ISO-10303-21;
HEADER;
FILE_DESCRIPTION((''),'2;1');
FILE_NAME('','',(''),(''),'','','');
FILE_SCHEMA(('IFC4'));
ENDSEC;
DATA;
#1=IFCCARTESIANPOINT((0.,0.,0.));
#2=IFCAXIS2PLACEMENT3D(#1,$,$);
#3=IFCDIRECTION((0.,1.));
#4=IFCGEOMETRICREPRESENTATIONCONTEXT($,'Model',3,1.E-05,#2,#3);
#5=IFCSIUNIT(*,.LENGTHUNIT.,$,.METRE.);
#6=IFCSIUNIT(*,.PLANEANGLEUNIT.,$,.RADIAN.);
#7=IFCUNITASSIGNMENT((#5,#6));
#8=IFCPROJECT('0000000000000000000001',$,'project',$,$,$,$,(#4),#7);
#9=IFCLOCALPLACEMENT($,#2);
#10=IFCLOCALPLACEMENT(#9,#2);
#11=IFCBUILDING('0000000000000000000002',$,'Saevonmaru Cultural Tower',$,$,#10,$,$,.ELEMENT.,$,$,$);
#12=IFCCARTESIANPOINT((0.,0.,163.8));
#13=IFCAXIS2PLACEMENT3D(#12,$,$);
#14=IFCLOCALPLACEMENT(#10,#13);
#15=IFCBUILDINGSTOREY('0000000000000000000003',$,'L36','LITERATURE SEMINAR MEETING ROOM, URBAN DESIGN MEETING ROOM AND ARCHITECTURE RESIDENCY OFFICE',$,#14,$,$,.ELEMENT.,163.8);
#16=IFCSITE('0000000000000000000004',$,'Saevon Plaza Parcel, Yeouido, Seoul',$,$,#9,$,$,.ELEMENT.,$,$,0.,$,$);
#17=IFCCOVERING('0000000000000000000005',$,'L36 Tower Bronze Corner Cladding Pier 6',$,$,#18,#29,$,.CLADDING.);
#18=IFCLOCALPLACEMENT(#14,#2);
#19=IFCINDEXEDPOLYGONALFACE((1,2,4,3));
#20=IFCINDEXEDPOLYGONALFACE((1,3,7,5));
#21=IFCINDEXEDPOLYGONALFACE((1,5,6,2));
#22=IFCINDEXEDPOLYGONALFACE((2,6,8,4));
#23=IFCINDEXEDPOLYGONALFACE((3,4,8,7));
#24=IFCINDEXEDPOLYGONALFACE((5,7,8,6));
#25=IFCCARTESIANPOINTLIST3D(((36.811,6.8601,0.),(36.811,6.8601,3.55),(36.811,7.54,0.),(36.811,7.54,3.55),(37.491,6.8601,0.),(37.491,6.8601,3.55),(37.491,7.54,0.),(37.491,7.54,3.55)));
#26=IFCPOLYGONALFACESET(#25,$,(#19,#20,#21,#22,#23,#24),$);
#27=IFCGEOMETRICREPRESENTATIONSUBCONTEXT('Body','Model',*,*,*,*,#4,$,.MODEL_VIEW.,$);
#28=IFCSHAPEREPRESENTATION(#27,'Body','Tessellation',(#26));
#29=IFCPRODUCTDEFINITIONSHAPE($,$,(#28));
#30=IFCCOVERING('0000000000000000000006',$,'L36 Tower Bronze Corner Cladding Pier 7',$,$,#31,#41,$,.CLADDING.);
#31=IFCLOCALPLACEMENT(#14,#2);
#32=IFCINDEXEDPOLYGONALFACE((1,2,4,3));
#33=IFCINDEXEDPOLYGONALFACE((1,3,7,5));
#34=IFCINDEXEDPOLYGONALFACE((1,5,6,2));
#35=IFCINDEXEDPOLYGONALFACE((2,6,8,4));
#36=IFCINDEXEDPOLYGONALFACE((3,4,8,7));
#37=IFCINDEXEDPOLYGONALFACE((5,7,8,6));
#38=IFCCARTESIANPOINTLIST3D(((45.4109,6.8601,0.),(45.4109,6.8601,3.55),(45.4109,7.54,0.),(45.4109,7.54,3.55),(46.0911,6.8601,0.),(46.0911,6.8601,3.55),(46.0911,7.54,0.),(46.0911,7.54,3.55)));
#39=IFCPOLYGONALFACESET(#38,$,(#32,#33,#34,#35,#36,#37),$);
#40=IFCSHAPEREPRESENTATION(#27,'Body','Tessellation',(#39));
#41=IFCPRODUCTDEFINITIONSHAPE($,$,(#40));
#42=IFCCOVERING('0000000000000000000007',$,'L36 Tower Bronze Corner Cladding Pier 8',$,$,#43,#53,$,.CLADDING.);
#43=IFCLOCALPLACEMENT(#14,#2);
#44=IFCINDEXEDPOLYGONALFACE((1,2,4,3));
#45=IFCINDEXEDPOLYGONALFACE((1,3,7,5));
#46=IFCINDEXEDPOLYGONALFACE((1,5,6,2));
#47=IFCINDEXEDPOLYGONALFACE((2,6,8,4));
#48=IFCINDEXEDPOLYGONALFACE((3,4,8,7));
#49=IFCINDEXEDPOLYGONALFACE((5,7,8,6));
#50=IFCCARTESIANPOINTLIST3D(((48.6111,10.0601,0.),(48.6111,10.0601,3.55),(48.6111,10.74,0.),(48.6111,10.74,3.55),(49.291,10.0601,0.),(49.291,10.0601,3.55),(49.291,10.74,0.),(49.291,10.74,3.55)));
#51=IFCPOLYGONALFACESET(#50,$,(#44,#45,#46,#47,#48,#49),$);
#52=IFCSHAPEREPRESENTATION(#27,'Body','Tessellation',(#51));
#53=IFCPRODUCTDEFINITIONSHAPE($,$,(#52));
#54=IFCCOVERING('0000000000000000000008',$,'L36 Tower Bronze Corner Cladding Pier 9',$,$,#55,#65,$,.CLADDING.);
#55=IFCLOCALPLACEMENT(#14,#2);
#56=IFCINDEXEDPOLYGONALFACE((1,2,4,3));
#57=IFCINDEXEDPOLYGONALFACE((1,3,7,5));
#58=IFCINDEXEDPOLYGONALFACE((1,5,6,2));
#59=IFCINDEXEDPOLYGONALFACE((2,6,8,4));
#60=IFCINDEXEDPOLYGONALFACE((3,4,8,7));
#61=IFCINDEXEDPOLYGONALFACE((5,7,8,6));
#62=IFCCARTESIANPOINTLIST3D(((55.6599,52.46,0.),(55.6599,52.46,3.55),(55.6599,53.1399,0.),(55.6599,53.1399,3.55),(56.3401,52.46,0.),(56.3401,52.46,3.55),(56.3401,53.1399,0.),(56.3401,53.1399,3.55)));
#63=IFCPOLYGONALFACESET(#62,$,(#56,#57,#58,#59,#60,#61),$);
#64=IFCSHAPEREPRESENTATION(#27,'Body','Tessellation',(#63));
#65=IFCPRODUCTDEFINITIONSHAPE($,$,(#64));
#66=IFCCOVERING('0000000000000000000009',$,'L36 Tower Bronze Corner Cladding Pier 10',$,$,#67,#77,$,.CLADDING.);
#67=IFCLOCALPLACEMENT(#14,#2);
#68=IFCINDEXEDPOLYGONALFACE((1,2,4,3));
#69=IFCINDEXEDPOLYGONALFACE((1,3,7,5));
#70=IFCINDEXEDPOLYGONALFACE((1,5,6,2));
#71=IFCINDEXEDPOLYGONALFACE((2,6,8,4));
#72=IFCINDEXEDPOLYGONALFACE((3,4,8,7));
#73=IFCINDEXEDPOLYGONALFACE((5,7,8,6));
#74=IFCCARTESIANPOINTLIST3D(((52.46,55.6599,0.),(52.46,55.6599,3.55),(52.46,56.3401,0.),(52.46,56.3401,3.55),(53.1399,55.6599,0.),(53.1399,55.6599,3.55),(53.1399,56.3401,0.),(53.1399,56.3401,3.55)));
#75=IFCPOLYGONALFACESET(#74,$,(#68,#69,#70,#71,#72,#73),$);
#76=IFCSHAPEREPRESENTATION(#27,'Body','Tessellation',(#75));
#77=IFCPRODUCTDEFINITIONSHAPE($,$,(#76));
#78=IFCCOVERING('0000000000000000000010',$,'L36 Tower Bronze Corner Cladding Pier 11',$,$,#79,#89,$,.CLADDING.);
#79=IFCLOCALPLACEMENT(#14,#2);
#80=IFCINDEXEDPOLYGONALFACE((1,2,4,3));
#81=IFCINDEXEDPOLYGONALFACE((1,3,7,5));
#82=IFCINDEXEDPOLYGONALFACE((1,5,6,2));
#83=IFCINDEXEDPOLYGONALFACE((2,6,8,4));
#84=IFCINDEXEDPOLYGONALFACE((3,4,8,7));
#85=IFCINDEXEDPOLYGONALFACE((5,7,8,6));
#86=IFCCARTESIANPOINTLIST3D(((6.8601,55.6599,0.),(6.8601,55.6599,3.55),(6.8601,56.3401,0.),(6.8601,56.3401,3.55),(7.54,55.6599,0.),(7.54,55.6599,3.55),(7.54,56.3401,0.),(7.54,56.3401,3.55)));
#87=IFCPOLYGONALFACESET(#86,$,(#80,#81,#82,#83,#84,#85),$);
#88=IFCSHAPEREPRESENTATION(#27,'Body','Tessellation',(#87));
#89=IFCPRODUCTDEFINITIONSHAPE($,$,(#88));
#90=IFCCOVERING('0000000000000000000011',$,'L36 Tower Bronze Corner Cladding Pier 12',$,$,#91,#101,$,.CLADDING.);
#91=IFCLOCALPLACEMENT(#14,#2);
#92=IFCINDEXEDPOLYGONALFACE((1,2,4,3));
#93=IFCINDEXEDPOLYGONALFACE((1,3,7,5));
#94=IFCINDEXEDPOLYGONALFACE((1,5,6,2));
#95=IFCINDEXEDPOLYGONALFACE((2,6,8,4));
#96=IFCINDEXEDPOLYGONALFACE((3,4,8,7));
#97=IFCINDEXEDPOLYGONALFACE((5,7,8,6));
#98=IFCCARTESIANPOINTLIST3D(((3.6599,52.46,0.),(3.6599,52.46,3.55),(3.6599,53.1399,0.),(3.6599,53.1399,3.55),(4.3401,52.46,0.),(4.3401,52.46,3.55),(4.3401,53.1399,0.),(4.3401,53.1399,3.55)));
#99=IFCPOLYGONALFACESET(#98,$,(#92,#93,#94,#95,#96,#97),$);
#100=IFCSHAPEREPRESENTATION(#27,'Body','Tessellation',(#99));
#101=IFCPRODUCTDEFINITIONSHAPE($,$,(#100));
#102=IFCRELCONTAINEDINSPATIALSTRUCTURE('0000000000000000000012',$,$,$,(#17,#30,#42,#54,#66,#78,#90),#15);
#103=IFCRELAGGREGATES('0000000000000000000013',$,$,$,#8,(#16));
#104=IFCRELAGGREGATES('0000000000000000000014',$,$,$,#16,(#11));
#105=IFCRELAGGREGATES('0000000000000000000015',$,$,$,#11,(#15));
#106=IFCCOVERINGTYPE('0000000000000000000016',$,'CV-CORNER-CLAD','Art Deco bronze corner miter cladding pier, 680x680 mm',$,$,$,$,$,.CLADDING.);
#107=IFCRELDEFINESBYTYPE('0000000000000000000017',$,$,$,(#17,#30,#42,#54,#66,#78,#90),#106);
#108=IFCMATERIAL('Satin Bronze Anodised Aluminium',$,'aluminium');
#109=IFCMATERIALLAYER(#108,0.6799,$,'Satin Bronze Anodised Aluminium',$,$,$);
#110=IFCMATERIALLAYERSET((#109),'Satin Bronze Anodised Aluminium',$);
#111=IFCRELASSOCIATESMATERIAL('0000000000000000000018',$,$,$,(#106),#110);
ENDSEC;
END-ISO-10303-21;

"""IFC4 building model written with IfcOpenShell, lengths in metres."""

from ifc_helpers import new_model, si_unit, direction, frame, origin, place, context, subcontext, project, spatial, polyline, outline, extrude, material, layer, layer_set, type_object, element, save


model = new_model("IFC4")

# Units and contexts
model_context = context("Model", 3, precision=1e-05, world=origin(), true_north=direction((0.0, 1.0)))
body_context = subcontext(model_context, "Body", "Model", "MODEL_VIEW")
ifc_project = project(units=[si_unit("LENGTHUNIT", "METRE"), si_unit("PLANEANGLEUNIT", "RADIAN")], contexts=[model_context])

# Site, building, storey
site_placement = place(None, origin())
site = spatial("IfcSite", under=ifc_project, at=site_placement, Name="Saevon Plaza Parcel, Yeouido, Seoul", CompositionType="ELEMENT", RefElevation=0.0)
building_placement = place(site_placement, origin())
building = spatial("IfcBuilding", under=site, at=building_placement, Name="Saevonmaru Cultural Tower", CompositionType="ELEMENT")
storey_placement = place(building_placement, frame((0.0, 0.0, 163.8)))
storey = spatial("IfcBuildingStorey", under=building, at=storey_placement, Name="L36", Description="LITERATURE SEMINAR MEETING ROOM, URBAN DESIGN MEETING ROOM AND ARCHITECTURE RESIDENCY OFFICE", CompositionType="ELEMENT", Elevation=163.8)

# Shared definitions
ifc_material_1 = material(Name="Satin Bronze Anodised Aluminium", Category="aluminium")

# Coverings
ifc_layer_1 = layer(ifc_material_1, 0.6799, Name="Satin Bronze Anodised Aluminium")
ifc_layer_set_1 = layer_set([ifc_layer_1], Name="Satin Bronze Anodised Aluminium")
covering_type = type_object("IfcCoveringType", Name="CV-CORNER-CLAD", Description="Art Deco bronze corner miter cladding pier, 680x680 mm", PredefinedType="CLADDING", material=ifc_layer_set_1)
covering_1_placement = place(storey_placement, origin())
element("IfcCovering", 1, at=covering_1_placement, inside=storey, type_object=covering_type, Name="L36 Tower Bronze Corner Cladding Pier 6", PredefinedType="CLADDING", context=body_context, shape_type="SweptSolid", body=[
    extrude(outline(polyline([(36.811, 6.8601), (37.491, 6.8601), (37.491, 7.54), (36.811, 7.54), (36.811, 6.8601)])), origin(), (0.0, 0.0, 1.0), 3.55),
])
covering_2_placement = place(storey_placement, origin())
element("IfcCovering", 2, at=covering_2_placement, inside=storey, type_object=covering_type, Name="L36 Tower Bronze Corner Cladding Pier 7", PredefinedType="CLADDING", context=body_context, shape_type="SweptSolid", body=[
    extrude(outline(polyline([(45.4109, 6.8601), (46.0911, 6.8601), (46.0911, 7.54), (45.4109, 7.54), (45.4109, 6.8601)])), origin(), (0.0, 0.0, 1.0), 3.55),
])
covering_3_placement = place(storey_placement, origin())
element("IfcCovering", 3, at=covering_3_placement, inside=storey, type_object=covering_type, Name="L36 Tower Bronze Corner Cladding Pier 8", PredefinedType="CLADDING", context=body_context, shape_type="SweptSolid", body=[
    extrude(outline(polyline([(48.6111, 10.0601), (49.291, 10.0601), (49.291, 10.74), (48.6111, 10.74), (48.6111, 10.0601)])), origin(), (0.0, 0.0, 1.0), 3.55),
])
covering_4_placement = place(storey_placement, origin())
element("IfcCovering", 4, at=covering_4_placement, inside=storey, type_object=covering_type, Name="L36 Tower Bronze Corner Cladding Pier 9", PredefinedType="CLADDING", context=body_context, shape_type="SweptSolid", body=[
    extrude(outline(polyline([(55.6599, 52.46), (56.3401, 52.46), (56.3401, 53.1399), (55.6599, 53.1399), (55.6599, 52.46)])), origin(), (0.0, 0.0, 1.0), 3.55),
])
covering_5_placement = place(storey_placement, origin())
element("IfcCovering", 5, at=covering_5_placement, inside=storey, type_object=covering_type, Name="L36 Tower Bronze Corner Cladding Pier 10", PredefinedType="CLADDING", context=body_context, shape_type="SweptSolid", body=[
    extrude(outline(polyline([(52.46, 55.6599), (53.1399, 55.6599), (53.1399, 56.3401), (52.46, 56.3401), (52.46, 55.6599)])), origin(), (0.0, 0.0, 1.0), 3.55),
])
covering_6_placement = place(storey_placement, origin())
element("IfcCovering", 6, at=covering_6_placement, inside=storey, type_object=covering_type, Name="L36 Tower Bronze Corner Cladding Pier 11", PredefinedType="CLADDING", context=body_context, shape_type="SweptSolid", body=[
    extrude(outline(polyline([(6.8601, 55.6599), (7.54, 55.6599), (7.54, 56.3401), (6.8601, 56.3401), (6.8601, 55.6599)])), origin(), (0.0, 0.0, 1.0), 3.55),
])
covering_7_placement = place(storey_placement, origin())
element("IfcCovering", 7, at=covering_7_placement, inside=storey, type_object=covering_type, Name="L36 Tower Bronze Corner Cladding Pier 12", PredefinedType="CLADDING", context=body_context, shape_type="SweptSolid", body=[
    extrude(outline(polyline([(3.6599, 52.46), (4.3401, 52.46), (4.3401, 53.1399), (3.6599, 53.1399), (3.6599, 52.46)])), origin(), (0.0, 0.0, 1.0), 3.55),
])

save(model, "model.ifc")
